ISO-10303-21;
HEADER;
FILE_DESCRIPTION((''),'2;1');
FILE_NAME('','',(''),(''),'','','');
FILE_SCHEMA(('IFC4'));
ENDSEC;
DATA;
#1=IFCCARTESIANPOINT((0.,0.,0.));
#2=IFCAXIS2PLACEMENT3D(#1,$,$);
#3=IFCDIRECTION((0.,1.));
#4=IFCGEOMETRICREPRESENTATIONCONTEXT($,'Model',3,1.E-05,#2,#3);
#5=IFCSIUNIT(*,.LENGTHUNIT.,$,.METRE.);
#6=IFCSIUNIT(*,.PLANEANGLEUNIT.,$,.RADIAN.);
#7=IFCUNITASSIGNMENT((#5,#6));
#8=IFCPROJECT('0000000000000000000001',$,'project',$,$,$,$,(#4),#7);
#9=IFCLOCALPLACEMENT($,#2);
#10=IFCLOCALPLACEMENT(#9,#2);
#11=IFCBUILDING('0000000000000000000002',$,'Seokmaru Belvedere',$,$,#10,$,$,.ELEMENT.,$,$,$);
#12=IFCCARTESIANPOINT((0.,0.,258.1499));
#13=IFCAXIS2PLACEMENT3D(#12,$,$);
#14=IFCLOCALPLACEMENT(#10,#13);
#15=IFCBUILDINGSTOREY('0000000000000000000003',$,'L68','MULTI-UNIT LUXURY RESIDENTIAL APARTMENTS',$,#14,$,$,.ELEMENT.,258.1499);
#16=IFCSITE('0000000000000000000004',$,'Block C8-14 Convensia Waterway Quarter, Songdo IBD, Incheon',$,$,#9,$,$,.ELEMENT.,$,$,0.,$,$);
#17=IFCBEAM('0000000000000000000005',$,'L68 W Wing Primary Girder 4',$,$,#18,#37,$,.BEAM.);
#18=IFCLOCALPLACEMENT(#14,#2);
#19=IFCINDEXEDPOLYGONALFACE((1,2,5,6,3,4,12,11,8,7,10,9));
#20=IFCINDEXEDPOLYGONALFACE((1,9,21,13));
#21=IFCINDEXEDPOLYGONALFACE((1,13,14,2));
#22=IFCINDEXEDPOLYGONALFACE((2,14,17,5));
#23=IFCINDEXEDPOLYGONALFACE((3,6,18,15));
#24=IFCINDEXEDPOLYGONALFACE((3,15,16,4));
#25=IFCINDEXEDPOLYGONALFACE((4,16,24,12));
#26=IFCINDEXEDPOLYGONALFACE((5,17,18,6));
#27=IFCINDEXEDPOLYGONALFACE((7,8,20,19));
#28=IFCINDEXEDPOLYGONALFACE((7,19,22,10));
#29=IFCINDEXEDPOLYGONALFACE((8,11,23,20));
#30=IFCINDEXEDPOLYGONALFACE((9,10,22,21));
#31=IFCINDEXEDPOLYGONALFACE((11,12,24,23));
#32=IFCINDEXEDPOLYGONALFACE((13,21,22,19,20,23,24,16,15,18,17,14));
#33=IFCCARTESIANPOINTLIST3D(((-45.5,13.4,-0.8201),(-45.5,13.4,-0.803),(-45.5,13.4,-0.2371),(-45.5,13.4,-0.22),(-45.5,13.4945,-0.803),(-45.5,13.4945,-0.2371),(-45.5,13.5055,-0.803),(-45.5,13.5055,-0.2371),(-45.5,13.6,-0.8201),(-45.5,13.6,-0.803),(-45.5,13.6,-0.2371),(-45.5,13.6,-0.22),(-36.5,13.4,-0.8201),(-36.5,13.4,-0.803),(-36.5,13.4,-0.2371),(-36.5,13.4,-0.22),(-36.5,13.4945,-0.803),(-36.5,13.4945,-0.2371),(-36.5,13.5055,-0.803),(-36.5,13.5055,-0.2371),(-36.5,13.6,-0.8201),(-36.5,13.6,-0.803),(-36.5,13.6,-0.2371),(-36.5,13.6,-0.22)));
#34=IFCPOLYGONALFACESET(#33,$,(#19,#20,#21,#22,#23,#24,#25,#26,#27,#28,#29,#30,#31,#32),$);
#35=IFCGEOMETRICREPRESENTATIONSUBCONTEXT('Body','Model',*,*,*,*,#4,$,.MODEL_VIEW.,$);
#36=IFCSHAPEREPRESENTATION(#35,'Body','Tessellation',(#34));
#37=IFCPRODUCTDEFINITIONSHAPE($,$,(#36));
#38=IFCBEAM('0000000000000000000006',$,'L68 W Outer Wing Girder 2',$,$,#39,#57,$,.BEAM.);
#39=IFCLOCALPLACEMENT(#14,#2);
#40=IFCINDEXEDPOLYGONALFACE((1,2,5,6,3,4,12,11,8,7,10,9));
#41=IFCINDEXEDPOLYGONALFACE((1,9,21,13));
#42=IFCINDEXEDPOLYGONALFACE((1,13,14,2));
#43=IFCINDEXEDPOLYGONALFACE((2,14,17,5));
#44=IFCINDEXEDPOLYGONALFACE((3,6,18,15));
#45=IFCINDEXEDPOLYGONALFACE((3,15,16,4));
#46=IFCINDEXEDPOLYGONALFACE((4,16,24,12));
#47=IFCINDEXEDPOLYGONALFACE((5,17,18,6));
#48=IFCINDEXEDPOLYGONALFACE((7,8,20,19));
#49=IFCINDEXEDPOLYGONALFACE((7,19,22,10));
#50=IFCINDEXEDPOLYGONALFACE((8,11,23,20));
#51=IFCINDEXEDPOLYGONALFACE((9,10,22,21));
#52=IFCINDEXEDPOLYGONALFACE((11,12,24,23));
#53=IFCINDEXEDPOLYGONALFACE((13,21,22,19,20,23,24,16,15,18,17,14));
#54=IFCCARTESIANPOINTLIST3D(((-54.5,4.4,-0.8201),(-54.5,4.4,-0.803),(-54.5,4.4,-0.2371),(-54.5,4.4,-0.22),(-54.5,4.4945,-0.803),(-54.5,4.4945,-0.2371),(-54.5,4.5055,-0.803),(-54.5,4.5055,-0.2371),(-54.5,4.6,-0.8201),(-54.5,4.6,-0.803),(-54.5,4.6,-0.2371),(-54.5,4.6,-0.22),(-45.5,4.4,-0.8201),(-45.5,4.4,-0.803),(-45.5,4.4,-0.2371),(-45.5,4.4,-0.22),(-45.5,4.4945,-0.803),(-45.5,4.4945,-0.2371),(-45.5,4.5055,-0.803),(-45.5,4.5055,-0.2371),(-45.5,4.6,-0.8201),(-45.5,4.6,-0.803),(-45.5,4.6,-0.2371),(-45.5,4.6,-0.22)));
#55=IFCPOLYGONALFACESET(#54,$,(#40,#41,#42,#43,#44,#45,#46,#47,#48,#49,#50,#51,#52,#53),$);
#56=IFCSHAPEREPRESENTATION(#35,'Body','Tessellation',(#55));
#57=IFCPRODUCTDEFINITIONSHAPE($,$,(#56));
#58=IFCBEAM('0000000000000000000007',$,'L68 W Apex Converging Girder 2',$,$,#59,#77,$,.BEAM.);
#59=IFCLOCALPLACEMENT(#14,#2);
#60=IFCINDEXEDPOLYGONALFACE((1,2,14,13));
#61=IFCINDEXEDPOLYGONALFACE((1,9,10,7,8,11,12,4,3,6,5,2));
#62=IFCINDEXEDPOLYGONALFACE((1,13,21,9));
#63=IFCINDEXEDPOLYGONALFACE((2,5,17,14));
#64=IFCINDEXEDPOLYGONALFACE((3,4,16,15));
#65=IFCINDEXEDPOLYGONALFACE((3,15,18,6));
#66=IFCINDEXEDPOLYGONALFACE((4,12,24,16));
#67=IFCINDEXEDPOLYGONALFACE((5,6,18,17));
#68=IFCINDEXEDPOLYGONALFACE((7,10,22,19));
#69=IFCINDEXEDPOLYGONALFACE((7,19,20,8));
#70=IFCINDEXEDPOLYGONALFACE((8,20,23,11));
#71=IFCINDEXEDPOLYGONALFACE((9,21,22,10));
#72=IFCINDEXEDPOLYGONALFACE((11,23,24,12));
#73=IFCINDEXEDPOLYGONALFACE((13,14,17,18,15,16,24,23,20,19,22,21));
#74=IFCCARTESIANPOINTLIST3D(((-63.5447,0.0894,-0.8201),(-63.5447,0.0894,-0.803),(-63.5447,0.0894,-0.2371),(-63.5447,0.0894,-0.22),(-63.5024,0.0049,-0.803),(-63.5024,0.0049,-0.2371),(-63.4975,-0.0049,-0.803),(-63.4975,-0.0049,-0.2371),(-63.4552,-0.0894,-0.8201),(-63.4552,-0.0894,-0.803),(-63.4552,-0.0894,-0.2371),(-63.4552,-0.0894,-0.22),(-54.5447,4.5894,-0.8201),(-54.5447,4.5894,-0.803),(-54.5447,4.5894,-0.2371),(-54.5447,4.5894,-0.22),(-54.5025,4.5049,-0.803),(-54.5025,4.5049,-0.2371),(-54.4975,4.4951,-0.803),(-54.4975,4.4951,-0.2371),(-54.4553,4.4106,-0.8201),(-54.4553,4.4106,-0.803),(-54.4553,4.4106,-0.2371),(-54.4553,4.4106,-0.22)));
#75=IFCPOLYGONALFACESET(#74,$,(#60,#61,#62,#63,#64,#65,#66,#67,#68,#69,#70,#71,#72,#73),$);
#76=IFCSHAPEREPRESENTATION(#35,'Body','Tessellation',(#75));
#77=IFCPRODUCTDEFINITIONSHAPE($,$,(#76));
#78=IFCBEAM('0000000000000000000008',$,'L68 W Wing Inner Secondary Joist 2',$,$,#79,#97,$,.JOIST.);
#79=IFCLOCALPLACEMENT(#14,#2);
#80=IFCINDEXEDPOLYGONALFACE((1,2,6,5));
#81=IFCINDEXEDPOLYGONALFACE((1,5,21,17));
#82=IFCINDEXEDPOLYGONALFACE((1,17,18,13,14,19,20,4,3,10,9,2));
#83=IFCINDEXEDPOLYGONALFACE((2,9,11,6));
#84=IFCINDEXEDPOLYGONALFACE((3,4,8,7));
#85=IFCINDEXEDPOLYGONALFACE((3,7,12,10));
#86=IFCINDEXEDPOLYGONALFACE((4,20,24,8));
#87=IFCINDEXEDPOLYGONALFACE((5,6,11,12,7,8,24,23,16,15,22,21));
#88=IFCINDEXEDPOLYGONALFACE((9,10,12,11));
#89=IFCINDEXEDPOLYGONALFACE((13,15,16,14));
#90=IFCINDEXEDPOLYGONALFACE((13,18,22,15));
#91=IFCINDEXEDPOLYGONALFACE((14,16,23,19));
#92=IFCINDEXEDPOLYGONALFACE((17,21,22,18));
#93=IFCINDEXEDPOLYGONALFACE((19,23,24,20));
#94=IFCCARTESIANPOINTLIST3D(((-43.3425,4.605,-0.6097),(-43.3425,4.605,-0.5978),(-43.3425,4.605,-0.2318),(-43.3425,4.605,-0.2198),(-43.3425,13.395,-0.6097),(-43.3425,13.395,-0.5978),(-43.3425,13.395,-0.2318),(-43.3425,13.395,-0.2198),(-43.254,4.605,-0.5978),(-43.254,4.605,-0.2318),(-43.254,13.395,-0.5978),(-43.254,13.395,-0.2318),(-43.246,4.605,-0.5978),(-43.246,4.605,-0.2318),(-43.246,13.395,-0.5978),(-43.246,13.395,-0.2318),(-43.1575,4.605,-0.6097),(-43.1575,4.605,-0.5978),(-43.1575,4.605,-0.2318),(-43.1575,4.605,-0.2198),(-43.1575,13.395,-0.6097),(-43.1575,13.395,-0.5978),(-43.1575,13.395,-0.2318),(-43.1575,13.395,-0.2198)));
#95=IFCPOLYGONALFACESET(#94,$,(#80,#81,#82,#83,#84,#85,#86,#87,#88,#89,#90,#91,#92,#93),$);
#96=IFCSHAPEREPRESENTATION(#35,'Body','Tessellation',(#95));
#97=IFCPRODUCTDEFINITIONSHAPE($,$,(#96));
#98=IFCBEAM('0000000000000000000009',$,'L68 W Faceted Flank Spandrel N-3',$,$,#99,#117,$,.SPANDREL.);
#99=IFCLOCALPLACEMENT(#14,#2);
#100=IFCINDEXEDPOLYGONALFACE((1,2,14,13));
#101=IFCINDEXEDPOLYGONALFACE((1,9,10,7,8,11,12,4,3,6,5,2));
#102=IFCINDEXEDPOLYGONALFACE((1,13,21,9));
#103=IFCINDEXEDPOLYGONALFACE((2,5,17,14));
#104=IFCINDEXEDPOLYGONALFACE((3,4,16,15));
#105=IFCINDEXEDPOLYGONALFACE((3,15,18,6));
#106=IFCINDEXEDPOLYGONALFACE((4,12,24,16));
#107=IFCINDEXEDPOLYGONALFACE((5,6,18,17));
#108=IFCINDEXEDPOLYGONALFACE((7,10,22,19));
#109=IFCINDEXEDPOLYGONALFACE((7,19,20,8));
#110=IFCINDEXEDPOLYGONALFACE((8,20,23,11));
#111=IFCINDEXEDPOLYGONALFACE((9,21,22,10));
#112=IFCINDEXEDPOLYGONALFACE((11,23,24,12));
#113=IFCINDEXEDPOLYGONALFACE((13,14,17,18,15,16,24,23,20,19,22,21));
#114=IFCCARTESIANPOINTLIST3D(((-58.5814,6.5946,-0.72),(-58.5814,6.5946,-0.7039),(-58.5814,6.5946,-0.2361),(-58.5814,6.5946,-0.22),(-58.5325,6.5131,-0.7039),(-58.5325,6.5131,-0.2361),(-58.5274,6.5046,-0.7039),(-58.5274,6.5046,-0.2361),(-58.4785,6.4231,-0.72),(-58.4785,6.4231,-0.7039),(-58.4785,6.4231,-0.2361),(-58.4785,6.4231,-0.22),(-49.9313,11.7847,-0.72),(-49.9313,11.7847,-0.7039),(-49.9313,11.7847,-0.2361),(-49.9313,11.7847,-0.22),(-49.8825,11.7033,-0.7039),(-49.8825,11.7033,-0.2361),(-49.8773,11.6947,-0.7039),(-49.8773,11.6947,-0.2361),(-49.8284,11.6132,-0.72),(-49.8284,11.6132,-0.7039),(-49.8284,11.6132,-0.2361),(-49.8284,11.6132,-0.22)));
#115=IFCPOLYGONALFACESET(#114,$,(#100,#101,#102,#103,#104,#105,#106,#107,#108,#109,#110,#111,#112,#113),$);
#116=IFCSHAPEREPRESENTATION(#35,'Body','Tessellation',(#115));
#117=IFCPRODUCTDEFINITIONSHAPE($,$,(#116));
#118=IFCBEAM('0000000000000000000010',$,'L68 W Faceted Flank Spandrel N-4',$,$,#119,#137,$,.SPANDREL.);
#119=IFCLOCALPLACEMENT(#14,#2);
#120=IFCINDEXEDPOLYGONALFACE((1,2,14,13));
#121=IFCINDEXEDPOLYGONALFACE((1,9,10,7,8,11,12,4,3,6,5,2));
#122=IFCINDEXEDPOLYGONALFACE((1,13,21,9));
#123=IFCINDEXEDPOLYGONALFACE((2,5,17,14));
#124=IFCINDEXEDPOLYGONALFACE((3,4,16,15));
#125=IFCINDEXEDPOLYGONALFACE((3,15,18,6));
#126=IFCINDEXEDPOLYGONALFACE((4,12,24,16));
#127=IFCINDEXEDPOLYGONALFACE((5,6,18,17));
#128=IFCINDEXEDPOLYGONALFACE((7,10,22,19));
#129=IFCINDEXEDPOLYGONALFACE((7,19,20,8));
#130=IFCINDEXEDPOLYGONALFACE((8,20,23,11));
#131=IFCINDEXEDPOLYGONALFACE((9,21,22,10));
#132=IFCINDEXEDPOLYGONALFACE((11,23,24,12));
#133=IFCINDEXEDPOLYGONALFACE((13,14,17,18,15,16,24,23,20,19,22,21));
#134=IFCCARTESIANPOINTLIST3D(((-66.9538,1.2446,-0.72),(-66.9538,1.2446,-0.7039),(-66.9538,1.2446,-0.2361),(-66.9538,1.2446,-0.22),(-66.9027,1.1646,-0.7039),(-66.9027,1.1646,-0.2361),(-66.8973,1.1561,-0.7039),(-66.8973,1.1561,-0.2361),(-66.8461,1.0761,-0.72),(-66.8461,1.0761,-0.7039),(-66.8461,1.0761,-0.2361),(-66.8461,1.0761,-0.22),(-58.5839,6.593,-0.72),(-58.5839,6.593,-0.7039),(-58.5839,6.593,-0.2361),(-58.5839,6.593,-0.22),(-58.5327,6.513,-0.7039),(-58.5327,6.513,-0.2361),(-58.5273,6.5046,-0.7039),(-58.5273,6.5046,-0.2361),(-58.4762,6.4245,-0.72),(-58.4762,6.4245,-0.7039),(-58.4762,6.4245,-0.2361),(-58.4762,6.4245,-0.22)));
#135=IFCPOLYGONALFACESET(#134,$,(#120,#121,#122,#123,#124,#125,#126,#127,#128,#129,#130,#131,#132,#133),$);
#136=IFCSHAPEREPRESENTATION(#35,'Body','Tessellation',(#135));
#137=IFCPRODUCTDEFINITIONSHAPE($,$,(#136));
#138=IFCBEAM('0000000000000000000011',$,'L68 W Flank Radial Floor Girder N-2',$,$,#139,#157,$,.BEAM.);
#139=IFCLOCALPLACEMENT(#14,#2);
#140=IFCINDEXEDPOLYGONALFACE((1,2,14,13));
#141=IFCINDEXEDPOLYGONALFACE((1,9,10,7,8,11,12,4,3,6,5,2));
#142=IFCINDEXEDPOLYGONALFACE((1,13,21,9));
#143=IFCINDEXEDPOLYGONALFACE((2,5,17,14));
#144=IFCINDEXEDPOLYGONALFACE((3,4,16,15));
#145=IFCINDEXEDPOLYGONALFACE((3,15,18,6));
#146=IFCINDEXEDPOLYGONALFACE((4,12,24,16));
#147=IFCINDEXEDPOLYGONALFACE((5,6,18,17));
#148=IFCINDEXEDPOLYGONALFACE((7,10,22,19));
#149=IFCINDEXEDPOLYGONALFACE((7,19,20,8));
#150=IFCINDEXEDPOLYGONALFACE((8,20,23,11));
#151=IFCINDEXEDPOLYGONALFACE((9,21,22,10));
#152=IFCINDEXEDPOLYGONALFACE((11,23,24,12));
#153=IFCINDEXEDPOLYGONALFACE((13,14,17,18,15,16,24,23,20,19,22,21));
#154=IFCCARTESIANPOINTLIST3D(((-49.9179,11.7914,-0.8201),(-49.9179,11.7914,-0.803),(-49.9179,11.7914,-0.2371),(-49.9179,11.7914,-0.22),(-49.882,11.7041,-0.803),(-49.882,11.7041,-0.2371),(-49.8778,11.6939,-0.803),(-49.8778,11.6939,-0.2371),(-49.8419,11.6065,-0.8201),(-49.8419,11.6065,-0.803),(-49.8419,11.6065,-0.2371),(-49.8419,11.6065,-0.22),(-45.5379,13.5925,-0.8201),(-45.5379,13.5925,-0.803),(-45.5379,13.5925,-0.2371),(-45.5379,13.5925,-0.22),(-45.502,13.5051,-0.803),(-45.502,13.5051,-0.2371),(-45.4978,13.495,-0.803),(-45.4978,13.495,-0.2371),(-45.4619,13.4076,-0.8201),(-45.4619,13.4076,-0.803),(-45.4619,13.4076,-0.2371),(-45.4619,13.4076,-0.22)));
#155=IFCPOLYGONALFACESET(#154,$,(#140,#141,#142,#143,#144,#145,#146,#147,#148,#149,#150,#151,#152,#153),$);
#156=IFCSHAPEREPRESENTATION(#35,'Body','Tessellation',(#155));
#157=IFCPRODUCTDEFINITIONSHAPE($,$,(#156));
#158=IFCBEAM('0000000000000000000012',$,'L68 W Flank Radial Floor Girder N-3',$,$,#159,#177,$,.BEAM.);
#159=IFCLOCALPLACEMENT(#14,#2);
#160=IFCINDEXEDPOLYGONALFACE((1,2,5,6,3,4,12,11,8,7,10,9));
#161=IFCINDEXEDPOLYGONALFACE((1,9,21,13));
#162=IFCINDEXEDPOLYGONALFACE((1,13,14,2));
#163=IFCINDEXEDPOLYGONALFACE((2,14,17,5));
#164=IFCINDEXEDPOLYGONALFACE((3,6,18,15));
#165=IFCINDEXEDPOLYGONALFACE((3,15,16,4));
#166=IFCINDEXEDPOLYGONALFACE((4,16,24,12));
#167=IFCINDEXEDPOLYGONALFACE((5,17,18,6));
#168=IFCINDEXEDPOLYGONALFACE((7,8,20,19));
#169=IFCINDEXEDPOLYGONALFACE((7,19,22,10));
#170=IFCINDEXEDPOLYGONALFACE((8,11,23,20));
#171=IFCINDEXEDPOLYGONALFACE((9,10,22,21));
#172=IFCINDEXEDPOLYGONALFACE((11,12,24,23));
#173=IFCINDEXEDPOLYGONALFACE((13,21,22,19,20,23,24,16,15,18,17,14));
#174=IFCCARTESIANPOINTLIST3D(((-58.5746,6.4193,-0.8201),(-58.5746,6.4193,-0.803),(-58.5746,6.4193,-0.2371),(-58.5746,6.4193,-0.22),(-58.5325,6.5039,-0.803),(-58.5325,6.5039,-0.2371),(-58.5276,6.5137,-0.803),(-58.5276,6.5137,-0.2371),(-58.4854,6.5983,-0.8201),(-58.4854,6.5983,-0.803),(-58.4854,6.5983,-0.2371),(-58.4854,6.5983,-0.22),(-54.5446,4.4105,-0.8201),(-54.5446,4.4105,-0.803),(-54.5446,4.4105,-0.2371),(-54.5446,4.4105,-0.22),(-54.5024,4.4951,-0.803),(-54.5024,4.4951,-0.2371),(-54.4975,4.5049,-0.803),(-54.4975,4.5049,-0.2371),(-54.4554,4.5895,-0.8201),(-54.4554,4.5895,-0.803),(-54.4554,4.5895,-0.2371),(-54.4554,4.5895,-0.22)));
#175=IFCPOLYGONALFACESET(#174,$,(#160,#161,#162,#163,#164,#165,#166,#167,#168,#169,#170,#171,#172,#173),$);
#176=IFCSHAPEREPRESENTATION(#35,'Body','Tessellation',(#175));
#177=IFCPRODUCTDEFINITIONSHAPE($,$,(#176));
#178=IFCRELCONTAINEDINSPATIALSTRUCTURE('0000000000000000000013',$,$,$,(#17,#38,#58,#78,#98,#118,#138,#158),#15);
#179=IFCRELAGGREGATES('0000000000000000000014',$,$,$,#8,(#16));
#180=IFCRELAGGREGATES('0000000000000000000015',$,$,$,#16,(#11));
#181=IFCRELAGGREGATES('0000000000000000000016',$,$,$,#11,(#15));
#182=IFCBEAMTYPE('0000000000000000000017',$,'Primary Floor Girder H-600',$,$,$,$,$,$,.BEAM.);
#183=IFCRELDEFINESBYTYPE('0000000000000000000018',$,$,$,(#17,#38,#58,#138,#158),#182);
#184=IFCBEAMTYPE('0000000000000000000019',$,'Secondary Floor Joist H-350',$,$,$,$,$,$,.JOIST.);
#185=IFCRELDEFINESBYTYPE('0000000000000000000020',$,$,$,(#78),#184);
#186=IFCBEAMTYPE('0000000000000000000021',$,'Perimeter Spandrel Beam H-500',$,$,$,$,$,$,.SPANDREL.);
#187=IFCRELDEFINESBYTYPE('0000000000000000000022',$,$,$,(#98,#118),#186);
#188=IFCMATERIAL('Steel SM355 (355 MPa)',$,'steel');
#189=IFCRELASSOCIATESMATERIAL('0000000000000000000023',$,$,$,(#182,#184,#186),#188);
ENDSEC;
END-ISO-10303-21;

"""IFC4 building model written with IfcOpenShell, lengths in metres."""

from ifc_helpers import new_model, si_unit, direction, frame, origin, origin_2d, place, context, subcontext, project, spatial, i_section, extrude, source, transform, mapped, material, material_profile, profile_set, type_object, type_shapes, element, save


model = new_model("IFC4")

# Units and contexts
model_context = context("Model", 3, precision=1e-05, world=origin(), true_north=direction((0.0, 1.0)))
body_context = subcontext(model_context, "Body", "Model", "MODEL_VIEW")
ifc_project = project(units=[si_unit("LENGTHUNIT", "METRE"), si_unit("PLANEANGLEUNIT", "RADIAN")], contexts=[model_context])

# Site, building, storey
site_placement = place(None, origin())
site = spatial("IfcSite", under=ifc_project, at=site_placement, Name="Block C8-14 Convensia Waterway Quarter, Songdo IBD, Incheon", CompositionType="ELEMENT", RefElevation=0.0)
building_placement = place(site_placement, origin())
building = spatial("IfcBuilding", under=site, at=building_placement, Name="Seokmaru Belvedere", CompositionType="ELEMENT")
storey_placement = place(building_placement, frame((0.0, 0.0, 258.1499)))
storey = spatial("IfcBuildingStorey", under=building, at=storey_placement, Name="L68", Description="MULTI-UNIT LUXURY RESIDENTIAL APARTMENTS", CompositionType="ELEMENT", Elevation=258.1499)

# Shared definitions
ifc_material_1 = material(Name="Steel SM355 (355 MPa)", Category="steel")

# Beams
ifc_material_profile_1 = material_profile(ifc_material_1, i_section(OverallWidth=0.2, OverallDepth=0.6001, WebThickness=0.011, FlangeThickness=0.0171, at=origin_2d()), Name="H-600x200x11x17")
ifc_profile_set_1 = profile_set([ifc_material_profile_1], Name="Steel SM355 (355 MPa)")
beam_type_1 = type_object("IfcBeamType", Name="Primary Floor Girder H-600", PredefinedType="BEAM", material=ifc_profile_set_1)
shared_shape_1 = source(origin(), body_context, "Body", "SweptSolid", [
    extrude(i_section(OverallWidth=0.2, OverallDepth=0.6001, WebThickness=0.011, FlangeThickness=0.0171, at=origin_2d()), origin(), (0.0, 0.0, 1.0), 9.0),
])
for number, where, z_axis, x_axis, name in (
    (1, (-45.5, 13.5, -0.52), (1.0, 0.0, 0.0), (0.0, 1.0, 0.0), "L68 W Wing Primary Girder 4"),
    (2, (-54.5, 4.5, -0.52), (1.0, 0.0, 0.0), (0.0, 1.0, 0.0), "L68 W Outer Wing Girder 2"),
):
    element("IfcBeam", number, at=place(storey_placement, frame(where, z_axis=z_axis, x_axis=x_axis)), inside=storey, type_object=beam_type_1, Name=name, PredefinedType="BEAM", context=body_context, shape_type="MappedRepresentation", body=[
        mapped(shared_shape_1, transform((0.0, 0.0, 0.0), scale=1.0)),
    ])
shared_shape_2 = source(origin(), body_context, "Body", "SweptSolid", [
    extrude(i_section(OverallWidth=0.2, OverallDepth=0.6001, WebThickness=0.011, FlangeThickness=0.0171, at=origin_2d()), origin(), (0.0, 0.0, 1.0), 10.0623),
])
beam_1_placement = place(storey_placement, frame((-54.5, 4.5, -0.52), z_axis=(-0.894427, -0.447214, 0.0), x_axis=(0.447214, -0.894427, 0.0)))
element("IfcBeam", 3, at=beam_1_placement, inside=storey, type_object=beam_type_1, Name="L68 W Apex Converging Girder 2", PredefinedType="BEAM", context=body_context, shape_type="MappedRepresentation", body=[
    mapped(shared_shape_2, transform((0.0, 0.0, 0.0), scale=1.0)),
])
ifc_material_profile_2 = material_profile(ifc_material_1, i_section(OverallWidth=0.1851, OverallDepth=0.3899, WebThickness=0.0081, FlangeThickness=0.012, at=origin_2d()), Name="H-390x185x8x12")
ifc_profile_set_2 = profile_set([ifc_material_profile_2], Name="Steel SM355 (355 MPa)")
beam_type_2 = type_object("IfcBeamType", Name="Secondary Floor Joist H-350", PredefinedType="JOIST", material=ifc_profile_set_2)
shared_shape_3 = source(origin(), body_context, "Body", "SweptSolid", [
    extrude(i_section(OverallWidth=0.1851, OverallDepth=0.3899, WebThickness=0.0081, FlangeThickness=0.012, at=origin_2d()), origin(), (0.0, 0.0, 1.0), 8.79),
])
type_shapes(beam_type_2, [shared_shape_3])
beam_2_placement = place(storey_placement, frame((-43.25, 4.605, -0.4148), z_axis=(0.0, 1.0, 0.0), x_axis=(-1.0, 0.0, 0.0)))
element("IfcBeam", 4, at=beam_2_placement, inside=storey, type_object=beam_type_2, Name="L68 W Wing Inner Secondary Joist 2", PredefinedType="JOIST", context=body_context, shape_type="MappedRepresentation", body=[
    mapped(shared_shape_3, transform((0.0, 0.0, 0.0), scale=1.0)),
])
ifc_material_profile_3 = material_profile(ifc_material_1, i_section(OverallWidth=0.2, OverallDepth=0.5, WebThickness=0.01, FlangeThickness=0.0161, at=origin_2d()), Name="H-500x200x10x16")
ifc_profile_set_3 = profile_set([ifc_material_profile_3], Name="Steel SM355 (355 MPa)")
beam_type_3 = type_object("IfcBeamType", Name="Perimeter Spandrel Beam H-500", PredefinedType="SPANDREL", material=ifc_profile_set_3)
shared_shape_4 = source(origin(), body_context, "Body", "SweptSolid", [
    extrude(i_section(OverallWidth=0.2, OverallDepth=0.5, WebThickness=0.01, FlangeThickness=0.0161, at=origin_2d()), origin(), (0.0, 0.0, 1.0), 10.0876),
])
beam_3_placement = place(storey_placement, frame((-49.8799, 11.699, -0.47), z_axis=(-0.857489, -0.514503, 0.0), x_axis=(0.514503, -0.857489, 0.0)))
element("IfcBeam", 5, at=beam_3_placement, inside=storey, type_object=beam_type_3, Name="L68 W Faceted Flank Spandrel N-3", PredefinedType="SPANDREL", context=body_context, shape_type="MappedRepresentation", body=[
    mapped(shared_shape_4, transform((0.0, 0.0, 0.0), scale=1.0)),
])
shared_shape_5 = source(origin(), body_context, "Body", "SweptSolid", [
    extrude(i_section(OverallWidth=0.2, OverallDepth=0.5, WebThickness=0.01, FlangeThickness=0.0161, at=origin_2d()), origin(), (0.0, 0.0, 1.0), 9.9329),
])
type_shapes(beam_type_3, [shared_shape_4, shared_shape_5])
beam_4_placement = place(storey_placement, frame((-58.53, 6.5088, -0.47), z_axis=(-0.842652, -0.538459, 0.0), x_axis=(0.538459, -0.842652, 0.0)))
element("IfcBeam", 6, at=beam_4_placement, inside=storey, type_object=beam_type_3, Name="L68 W Faceted Flank Spandrel N-4", PredefinedType="SPANDREL", context=body_context, shape_type="MappedRepresentation", body=[
    mapped(shared_shape_5, transform((0.0, 0.0, 0.0), scale=1.0)),
])
shared_shape_6 = source(origin(), body_context, "Body", "SweptSolid", [
    extrude(i_section(OverallWidth=0.2, OverallDepth=0.6001, WebThickness=0.011, FlangeThickness=0.0171, at=origin_2d()), origin(), (0.0, 0.0, 1.0), 4.7358),
])
beam_5_placement = place(storey_placement, frame((-49.8799, 11.699, -0.52), z_axis=(0.924861, 0.380306, 0.0), x_axis=(-0.380306, 0.924861, 0.0)))
element("IfcBeam", 7, at=beam_5_placement, inside=storey, type_object=beam_type_1, Name="L68 W Flank Radial Floor Girder N-2", PredefinedType="BEAM", context=body_context, shape_type="MappedRepresentation", body=[
    mapped(shared_shape_6, transform((0.0, 0.0, 0.0), scale=1.0)),
])
shared_shape_7 = source(origin(), body_context, "Body", "SweptSolid", [
    extrude(i_section(OverallWidth=0.2, OverallDepth=0.6001, WebThickness=0.011, FlangeThickness=0.0171, at=origin_2d()), origin(), (0.0, 0.0, 1.0), 4.5029),
])
beam_6_placement = place(storey_placement, frame((-58.53, 6.5088, -0.52), z_axis=(0.89498, -0.446107, 0.0), x_axis=(0.446107, 0.89498, 0.0)))
element("IfcBeam", 8, at=beam_6_placement, inside=storey, type_object=beam_type_1, Name="L68 W Flank Radial Floor Girder N-3", PredefinedType="BEAM", context=body_context, shape_type="MappedRepresentation", body=[
    mapped(shared_shape_7, transform((0.0, 0.0, 0.0), scale=1.0)),
])

save(model, "model.ifc")
